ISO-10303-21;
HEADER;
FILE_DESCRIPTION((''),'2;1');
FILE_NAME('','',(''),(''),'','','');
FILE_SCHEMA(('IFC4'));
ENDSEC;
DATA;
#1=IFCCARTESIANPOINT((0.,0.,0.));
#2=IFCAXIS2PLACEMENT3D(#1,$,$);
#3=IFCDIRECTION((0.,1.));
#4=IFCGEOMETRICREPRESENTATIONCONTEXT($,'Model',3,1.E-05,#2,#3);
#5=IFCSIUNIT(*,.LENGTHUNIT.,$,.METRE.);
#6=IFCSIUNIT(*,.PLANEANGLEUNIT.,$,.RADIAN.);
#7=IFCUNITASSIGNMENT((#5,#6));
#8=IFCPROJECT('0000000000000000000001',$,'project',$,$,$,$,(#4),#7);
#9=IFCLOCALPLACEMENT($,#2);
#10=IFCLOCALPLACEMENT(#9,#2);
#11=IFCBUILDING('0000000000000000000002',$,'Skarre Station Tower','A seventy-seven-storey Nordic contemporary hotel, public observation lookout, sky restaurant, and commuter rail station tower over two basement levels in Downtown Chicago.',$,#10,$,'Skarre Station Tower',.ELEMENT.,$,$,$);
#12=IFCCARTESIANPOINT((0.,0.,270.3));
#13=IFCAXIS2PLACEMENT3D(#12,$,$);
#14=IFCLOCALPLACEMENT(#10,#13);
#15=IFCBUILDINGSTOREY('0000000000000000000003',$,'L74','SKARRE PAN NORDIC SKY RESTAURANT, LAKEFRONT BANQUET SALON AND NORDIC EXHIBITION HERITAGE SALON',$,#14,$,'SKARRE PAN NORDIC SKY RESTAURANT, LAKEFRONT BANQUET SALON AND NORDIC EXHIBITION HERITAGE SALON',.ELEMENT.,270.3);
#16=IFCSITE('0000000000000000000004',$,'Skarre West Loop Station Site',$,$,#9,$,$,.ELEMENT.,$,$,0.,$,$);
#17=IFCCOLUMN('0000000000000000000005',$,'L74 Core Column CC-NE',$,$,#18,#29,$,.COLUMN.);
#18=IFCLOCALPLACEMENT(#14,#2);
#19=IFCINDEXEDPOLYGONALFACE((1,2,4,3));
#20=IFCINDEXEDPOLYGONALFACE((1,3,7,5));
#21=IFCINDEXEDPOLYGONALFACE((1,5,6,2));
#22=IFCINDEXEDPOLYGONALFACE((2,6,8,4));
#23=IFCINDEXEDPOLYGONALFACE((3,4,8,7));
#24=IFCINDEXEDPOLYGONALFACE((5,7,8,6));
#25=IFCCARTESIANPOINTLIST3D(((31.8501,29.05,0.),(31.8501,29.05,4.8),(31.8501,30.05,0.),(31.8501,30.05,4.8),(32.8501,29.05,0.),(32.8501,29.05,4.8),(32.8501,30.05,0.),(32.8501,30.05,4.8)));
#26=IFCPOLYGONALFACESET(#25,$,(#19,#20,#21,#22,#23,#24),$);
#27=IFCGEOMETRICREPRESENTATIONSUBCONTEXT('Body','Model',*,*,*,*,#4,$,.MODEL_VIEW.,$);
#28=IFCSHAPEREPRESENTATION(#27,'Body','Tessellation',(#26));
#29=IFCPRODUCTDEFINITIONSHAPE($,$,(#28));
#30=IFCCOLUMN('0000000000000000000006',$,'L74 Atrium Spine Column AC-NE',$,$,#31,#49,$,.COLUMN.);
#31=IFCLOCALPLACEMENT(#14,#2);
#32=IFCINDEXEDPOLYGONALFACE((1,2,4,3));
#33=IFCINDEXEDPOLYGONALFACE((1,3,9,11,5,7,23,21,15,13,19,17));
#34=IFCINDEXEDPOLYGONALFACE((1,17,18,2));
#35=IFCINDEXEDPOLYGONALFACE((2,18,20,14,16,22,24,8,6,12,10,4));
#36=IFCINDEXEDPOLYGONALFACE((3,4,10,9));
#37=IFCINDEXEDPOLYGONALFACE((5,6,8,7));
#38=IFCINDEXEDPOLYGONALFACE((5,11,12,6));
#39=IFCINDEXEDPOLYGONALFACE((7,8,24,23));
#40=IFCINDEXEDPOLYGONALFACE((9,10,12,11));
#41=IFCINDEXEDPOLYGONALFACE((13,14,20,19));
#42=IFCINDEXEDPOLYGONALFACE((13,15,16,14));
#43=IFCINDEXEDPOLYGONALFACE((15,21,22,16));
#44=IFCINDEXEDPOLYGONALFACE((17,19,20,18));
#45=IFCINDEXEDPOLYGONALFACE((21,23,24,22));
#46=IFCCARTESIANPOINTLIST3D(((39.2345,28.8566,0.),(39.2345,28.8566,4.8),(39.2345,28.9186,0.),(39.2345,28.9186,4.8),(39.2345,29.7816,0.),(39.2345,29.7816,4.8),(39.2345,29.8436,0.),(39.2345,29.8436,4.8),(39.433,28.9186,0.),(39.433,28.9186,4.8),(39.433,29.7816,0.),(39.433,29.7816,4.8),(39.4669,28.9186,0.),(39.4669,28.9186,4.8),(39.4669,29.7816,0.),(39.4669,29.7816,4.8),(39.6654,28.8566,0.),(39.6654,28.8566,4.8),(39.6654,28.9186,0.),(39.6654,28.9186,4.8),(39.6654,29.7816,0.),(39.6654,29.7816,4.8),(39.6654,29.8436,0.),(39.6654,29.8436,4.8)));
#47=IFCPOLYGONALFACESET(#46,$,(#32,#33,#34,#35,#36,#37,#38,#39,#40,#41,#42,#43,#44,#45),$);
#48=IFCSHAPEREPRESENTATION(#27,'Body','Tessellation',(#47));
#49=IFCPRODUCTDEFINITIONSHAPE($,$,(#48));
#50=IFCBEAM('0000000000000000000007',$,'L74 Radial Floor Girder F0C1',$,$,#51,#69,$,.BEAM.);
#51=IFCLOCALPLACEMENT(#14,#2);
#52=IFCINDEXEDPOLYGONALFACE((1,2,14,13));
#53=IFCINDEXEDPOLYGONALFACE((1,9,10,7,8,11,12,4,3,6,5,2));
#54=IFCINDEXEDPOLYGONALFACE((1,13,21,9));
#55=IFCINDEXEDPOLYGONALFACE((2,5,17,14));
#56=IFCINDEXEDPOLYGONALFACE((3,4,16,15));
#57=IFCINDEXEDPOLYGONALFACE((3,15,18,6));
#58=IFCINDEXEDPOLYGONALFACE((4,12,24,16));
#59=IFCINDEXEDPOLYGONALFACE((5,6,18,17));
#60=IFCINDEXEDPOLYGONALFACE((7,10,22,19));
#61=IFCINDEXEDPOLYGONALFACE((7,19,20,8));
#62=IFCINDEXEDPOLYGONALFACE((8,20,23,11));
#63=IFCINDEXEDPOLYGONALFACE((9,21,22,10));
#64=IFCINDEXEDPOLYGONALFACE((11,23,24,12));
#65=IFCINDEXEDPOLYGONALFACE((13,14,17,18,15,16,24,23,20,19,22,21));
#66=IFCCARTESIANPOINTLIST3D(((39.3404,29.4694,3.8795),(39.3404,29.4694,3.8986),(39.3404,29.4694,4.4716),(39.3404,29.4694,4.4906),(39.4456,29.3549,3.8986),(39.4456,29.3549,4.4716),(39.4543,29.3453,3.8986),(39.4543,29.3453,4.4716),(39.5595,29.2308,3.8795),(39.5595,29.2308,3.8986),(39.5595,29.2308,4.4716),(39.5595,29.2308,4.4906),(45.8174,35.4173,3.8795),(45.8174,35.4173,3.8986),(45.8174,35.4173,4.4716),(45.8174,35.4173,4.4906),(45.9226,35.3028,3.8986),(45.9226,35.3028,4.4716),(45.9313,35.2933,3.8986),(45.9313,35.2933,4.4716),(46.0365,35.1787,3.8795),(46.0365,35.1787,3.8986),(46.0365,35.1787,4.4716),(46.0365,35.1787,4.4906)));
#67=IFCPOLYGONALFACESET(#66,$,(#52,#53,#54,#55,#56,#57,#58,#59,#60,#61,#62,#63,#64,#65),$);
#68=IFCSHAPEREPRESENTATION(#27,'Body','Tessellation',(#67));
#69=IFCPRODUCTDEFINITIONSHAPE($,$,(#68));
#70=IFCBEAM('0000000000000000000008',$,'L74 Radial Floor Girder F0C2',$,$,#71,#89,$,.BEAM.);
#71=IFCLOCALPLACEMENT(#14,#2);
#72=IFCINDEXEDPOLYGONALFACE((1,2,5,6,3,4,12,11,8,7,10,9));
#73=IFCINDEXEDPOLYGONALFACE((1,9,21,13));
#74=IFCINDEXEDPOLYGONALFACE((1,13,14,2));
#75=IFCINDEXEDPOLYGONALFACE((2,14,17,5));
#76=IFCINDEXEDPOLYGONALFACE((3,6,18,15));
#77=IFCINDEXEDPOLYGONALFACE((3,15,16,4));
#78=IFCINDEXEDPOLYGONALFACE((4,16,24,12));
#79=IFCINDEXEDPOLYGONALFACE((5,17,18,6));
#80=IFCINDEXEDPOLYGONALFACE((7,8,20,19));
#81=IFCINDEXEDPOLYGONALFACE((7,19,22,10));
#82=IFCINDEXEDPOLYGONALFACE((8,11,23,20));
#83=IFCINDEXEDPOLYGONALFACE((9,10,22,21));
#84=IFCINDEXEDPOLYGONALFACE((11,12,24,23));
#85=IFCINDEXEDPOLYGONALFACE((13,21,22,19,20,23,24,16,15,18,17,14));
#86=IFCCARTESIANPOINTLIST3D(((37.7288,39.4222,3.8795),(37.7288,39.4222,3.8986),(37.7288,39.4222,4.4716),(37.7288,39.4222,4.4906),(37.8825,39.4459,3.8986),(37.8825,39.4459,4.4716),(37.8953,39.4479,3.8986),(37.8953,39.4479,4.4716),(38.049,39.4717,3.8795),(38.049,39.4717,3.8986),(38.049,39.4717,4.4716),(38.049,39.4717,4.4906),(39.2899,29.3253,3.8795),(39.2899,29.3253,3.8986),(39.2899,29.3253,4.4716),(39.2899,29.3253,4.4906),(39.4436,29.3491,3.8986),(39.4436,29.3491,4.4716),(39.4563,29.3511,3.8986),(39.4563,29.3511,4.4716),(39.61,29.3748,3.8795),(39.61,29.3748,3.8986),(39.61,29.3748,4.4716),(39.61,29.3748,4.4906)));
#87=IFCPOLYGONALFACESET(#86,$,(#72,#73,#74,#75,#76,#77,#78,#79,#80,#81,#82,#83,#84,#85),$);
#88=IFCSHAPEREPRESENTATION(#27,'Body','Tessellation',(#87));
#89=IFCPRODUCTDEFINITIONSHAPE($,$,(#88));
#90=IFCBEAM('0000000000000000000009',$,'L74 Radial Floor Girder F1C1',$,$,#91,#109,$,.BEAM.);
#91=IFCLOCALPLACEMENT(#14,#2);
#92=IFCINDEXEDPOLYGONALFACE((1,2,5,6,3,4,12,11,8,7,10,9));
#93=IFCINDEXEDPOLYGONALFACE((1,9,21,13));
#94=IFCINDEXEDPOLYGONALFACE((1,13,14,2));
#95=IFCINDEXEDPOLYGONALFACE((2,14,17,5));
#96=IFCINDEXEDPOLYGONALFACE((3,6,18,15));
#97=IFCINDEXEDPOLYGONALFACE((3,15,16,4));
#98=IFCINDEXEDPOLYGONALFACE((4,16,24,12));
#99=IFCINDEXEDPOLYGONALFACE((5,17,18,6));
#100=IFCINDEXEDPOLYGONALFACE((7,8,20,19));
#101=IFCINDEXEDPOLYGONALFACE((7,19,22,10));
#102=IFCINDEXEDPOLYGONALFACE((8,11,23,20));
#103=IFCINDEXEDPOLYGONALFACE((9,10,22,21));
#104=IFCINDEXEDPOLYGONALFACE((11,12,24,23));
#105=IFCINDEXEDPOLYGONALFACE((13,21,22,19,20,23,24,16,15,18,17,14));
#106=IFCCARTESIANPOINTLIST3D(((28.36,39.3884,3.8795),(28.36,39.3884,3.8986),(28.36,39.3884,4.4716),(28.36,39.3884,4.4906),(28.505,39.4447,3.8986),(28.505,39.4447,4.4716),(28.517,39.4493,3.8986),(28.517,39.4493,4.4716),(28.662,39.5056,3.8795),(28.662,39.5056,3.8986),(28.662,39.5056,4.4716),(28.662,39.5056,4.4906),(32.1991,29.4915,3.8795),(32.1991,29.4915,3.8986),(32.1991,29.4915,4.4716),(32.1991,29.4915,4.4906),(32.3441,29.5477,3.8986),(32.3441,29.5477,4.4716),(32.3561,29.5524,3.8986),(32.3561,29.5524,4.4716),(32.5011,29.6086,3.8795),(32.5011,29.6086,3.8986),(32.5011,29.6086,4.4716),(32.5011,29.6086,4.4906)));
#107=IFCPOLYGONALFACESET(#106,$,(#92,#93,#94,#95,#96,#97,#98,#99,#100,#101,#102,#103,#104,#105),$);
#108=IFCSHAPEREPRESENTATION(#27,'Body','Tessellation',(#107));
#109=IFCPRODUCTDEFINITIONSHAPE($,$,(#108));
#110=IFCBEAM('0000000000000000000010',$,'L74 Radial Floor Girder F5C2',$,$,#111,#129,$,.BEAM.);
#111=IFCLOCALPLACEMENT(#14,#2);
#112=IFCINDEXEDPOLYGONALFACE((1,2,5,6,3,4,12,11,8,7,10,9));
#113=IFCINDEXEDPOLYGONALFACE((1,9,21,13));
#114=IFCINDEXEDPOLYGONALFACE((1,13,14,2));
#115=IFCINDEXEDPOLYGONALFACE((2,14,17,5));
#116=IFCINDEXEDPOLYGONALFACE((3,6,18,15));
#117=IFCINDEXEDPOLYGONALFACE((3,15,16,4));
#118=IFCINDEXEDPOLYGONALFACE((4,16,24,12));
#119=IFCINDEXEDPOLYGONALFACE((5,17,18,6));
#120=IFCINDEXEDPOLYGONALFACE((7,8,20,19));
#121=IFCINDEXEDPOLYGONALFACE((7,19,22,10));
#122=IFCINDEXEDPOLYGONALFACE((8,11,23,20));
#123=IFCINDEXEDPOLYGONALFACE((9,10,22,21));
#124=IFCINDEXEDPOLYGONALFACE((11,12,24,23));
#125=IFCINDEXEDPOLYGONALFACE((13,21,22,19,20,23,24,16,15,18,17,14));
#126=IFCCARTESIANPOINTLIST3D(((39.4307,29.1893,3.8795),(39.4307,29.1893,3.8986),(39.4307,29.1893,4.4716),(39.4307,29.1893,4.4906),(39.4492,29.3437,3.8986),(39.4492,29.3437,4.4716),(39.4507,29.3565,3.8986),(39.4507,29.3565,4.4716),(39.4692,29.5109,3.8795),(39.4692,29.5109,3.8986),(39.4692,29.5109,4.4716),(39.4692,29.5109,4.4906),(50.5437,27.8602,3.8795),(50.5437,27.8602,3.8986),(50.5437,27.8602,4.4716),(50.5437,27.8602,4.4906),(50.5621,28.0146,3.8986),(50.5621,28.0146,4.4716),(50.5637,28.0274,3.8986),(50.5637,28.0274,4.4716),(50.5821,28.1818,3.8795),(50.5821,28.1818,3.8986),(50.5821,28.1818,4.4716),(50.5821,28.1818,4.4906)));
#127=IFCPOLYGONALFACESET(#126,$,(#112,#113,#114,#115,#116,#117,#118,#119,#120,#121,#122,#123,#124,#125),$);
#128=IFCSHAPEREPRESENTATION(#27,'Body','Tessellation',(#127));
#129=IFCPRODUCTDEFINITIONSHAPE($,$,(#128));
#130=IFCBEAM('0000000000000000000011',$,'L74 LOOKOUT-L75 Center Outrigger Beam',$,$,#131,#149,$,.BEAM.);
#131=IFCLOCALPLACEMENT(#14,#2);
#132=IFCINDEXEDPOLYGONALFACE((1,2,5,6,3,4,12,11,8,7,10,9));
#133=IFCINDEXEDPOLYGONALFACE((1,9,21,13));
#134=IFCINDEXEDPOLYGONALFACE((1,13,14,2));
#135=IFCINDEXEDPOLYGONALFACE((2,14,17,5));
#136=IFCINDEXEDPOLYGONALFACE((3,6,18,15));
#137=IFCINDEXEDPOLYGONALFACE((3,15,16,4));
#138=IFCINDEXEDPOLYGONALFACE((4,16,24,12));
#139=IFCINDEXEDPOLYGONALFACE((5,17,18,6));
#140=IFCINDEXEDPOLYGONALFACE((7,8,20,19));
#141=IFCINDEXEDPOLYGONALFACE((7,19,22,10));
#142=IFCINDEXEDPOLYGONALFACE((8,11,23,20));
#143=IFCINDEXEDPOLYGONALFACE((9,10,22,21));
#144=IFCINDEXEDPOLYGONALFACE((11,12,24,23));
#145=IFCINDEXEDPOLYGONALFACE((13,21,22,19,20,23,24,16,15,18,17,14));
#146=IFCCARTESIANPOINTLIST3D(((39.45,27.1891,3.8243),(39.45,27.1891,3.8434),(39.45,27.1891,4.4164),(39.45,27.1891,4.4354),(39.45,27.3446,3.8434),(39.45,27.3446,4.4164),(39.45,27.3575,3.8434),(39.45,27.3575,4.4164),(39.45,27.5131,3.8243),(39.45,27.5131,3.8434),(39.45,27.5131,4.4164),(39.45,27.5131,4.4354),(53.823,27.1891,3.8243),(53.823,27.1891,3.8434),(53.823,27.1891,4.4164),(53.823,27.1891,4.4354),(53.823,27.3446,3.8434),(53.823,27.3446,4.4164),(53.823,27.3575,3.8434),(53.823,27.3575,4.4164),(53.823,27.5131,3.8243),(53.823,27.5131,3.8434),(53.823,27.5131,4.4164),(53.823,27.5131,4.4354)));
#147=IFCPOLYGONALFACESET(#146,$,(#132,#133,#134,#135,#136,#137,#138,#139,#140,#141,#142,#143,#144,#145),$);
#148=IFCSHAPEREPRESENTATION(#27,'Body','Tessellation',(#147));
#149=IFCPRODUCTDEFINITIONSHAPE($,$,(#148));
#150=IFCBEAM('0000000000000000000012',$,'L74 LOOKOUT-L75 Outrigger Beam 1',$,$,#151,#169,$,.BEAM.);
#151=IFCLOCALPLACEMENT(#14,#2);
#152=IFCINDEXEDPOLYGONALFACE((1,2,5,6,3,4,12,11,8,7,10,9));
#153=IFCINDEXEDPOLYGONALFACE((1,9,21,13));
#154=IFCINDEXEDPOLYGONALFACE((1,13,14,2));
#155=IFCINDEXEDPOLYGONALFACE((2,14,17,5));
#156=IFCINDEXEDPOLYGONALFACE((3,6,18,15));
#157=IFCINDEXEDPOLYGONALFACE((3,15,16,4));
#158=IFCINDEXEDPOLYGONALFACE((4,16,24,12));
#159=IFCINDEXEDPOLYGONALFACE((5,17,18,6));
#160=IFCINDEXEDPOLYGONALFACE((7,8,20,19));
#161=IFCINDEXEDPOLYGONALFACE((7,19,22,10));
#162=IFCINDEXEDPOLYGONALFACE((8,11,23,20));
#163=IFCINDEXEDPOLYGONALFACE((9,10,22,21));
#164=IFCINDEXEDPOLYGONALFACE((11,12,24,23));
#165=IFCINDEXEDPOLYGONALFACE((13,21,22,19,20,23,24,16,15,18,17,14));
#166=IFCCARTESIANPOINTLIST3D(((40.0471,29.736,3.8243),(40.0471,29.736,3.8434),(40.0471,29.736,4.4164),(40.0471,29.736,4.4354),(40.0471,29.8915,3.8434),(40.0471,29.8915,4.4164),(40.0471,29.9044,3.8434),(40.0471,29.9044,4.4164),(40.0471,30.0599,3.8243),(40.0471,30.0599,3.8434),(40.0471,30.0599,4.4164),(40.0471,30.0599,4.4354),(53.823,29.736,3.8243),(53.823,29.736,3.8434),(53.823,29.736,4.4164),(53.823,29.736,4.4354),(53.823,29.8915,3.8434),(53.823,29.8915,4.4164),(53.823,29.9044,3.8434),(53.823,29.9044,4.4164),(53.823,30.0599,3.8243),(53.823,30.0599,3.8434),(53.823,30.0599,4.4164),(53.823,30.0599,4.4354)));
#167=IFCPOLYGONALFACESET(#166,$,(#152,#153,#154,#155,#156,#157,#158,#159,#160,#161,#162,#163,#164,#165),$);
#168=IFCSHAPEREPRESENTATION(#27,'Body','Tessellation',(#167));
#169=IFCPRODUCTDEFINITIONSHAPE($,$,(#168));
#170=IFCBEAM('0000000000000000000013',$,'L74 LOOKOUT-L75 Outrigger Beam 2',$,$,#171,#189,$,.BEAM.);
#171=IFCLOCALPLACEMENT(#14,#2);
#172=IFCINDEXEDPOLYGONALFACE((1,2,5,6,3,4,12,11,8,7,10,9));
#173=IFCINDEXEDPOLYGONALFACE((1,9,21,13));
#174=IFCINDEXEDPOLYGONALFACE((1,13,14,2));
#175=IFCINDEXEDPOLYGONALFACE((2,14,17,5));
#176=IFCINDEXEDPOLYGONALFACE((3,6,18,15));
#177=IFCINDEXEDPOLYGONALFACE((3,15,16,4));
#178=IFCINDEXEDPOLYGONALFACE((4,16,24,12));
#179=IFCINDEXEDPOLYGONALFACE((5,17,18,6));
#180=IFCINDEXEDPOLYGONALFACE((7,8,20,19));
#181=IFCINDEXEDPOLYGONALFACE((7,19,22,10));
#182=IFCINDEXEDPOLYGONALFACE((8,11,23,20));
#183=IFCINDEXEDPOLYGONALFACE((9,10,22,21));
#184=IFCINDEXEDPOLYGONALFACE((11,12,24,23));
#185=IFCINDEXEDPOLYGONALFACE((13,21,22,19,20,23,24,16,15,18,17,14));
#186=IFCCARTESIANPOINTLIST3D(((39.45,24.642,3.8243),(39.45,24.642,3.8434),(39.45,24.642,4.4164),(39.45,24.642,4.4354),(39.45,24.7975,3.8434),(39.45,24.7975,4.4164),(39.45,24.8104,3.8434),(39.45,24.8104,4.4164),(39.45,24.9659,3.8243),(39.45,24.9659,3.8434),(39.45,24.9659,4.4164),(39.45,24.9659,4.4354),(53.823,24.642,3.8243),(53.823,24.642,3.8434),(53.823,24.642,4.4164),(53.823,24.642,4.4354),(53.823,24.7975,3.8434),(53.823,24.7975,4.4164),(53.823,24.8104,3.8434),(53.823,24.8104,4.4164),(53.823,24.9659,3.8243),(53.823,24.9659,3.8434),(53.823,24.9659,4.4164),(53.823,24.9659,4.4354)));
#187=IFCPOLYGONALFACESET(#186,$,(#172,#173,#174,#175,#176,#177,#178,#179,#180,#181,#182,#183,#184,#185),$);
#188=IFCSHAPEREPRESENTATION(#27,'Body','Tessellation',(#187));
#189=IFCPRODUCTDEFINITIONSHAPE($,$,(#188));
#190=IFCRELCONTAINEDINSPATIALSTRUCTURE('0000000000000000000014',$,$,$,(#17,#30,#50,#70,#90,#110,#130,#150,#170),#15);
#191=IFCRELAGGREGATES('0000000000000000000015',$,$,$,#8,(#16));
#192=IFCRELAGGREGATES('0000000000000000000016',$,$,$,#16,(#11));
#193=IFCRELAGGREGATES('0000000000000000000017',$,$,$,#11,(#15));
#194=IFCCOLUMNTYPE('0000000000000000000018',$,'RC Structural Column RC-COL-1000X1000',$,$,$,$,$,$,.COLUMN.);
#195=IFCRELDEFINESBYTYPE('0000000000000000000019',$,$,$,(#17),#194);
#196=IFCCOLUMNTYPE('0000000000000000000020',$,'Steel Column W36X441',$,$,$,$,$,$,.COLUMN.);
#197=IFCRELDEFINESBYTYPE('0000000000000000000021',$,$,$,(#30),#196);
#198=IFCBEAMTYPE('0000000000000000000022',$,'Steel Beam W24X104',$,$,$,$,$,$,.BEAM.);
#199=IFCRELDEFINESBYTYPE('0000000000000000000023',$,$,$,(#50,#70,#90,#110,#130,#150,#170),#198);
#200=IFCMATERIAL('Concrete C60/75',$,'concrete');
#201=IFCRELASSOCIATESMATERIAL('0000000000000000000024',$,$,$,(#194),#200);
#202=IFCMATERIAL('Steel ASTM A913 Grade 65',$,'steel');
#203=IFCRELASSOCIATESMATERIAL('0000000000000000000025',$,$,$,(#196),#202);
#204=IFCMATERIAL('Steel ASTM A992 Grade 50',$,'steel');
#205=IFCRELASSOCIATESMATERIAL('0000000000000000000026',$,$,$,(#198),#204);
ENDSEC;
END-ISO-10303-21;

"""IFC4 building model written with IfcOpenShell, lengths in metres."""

from ifc_helpers import new_model, si_unit, direction, frame, origin, origin_2d, place, context, subcontext, project, spatial, rectangle, i_section, extrude, material, material_profile, profile_set, type_object, element, save


model = new_model("IFC4")

# Units and contexts
model_context = context("Model", 3, precision=1e-05, world=origin(), true_north=direction((0.0, 1.0)))
body_context = subcontext(model_context, "Body", "Model", "MODEL_VIEW")
ifc_project = project(units=[si_unit("LENGTHUNIT", "METRE"), si_unit("PLANEANGLEUNIT", "RADIAN")], contexts=[model_context])

# Site, building, storey
site_placement = place(None, origin())
site = spatial("IfcSite", under=ifc_project, at=site_placement, Name="Skarre West Loop Station Site", CompositionType="ELEMENT", RefElevation=0.0)
building_placement = place(site_placement, origin())
building = spatial("IfcBuilding", under=site, at=building_placement, Name="Skarre Station Tower", Description="A seventy-seven-storey Nordic contemporary hotel, public observation lookout, sky restaurant, and commuter rail station tower over two basement levels in Downtown Chicago.", LongName="Skarre Station Tower", CompositionType="ELEMENT")
storey_placement = place(building_placement, frame((0.0, 0.0, 270.3)))
storey = spatial("IfcBuildingStorey", under=building, at=storey_placement, Name="L74", Description="SKARRE PAN NORDIC SKY RESTAURANT, LAKEFRONT BANQUET SALON AND NORDIC EXHIBITION HERITAGE SALON", LongName="SKARRE PAN NORDIC SKY RESTAURANT, LAKEFRONT BANQUET SALON AND NORDIC EXHIBITION HERITAGE SALON", CompositionType="ELEMENT", Elevation=270.3)

# Columns
ifc_material_1 = material(Name="Concrete C60/75", Category="concrete")
ifc_material_profile_1 = material_profile(ifc_material_1, rectangle(XDim=1.0, YDim=1.0, at=origin_2d()), Name="Concrete C60/75")
ifc_profile_set_1 = profile_set([ifc_material_profile_1], Name="Concrete C60/75")
column_type_1 = type_object("IfcColumnType", Name="RC Structural Column RC-COL-1000X1000", PredefinedType="COLUMN", material=ifc_profile_set_1)
column_1_placement = place(storey_placement, frame((32.3501, 29.55, 0.0), z_axis=(0.0, 0.0, 1.0), x_axis=(1.0, 0.0, 0.0)))
element("IfcColumn", 1, at=column_1_placement, inside=storey, type_object=column_type_1, Name="L74 Core Column CC-NE", PredefinedType="COLUMN", context=body_context, shape_type="SweptSolid", body=[
    extrude(rectangle(XDim=1.0, YDim=1.0, at=origin_2d()), origin(), (0.0, 0.0, 1.0), 4.8),
])
ifc_material_2 = material(Name="Steel ASTM A913 Grade 65", Category="steel")
ifc_material_profile_2 = material_profile(ifc_material_2, i_section(OverallWidth=0.4309, OverallDepth=0.9871, WebThickness=0.0339, FlangeThickness=0.062, at=origin_2d()), Name="Steel ASTM A913 Grade 65")
ifc_profile_set_2 = profile_set([ifc_material_profile_2], Name="Steel ASTM A913 Grade 65")
column_type_2 = type_object("IfcColumnType", Name="Steel Column W36X441", PredefinedType="COLUMN", material=ifc_profile_set_2)
column_2_placement = place(storey_placement, frame((39.45, 29.3501, 0.0), z_axis=(0.0, 0.0, 1.0), x_axis=(1.0, 0.0, 0.0)))
element("IfcColumn", 2, at=column_2_placement, inside=storey, type_object=column_type_2, Name="L74 Atrium Spine Column AC-NE", PredefinedType="COLUMN", context=body_context, shape_type="SweptSolid", body=[
    extrude(i_section(OverallWidth=0.4309, OverallDepth=0.9871, WebThickness=0.0339, FlangeThickness=0.062, at=origin_2d()), origin(), (0.0, 0.0, 1.0), 4.8),
])

# Beams
ifc_material_3 = material(Name="Steel ASTM A992 Grade 50", Category="steel")
ifc_material_profile_3 = material_profile(ifc_material_3, i_section(OverallWidth=0.324, OverallDepth=0.6111, WebThickness=0.0129, FlangeThickness=0.019, at=origin_2d()), Name="Steel ASTM A992 Grade 50")
ifc_profile_set_3 = profile_set([ifc_material_profile_3], Name="Steel ASTM A992 Grade 50")
beam_type_1 = type_object("IfcBeamType", Name="Steel Beam W24X104", PredefinedType="BEAM", material=ifc_profile_set_3)
beam_1_placement = place(storey_placement, frame((39.45, 29.3501, 4.1851), z_axis=(0.736548, 0.676386, 0.0), x_axis=(-0.676386, 0.736548, 0.0)))
element("IfcBeam", 3, at=beam_1_placement, inside=storey, type_object=beam_type_1, Name="L74 Radial Floor Girder F0C1", PredefinedType="BEAM", context=body_context, shape_type="SweptSolid", body=[
    extrude(i_section(OverallWidth=0.324, OverallDepth=0.6111, WebThickness=0.0129, FlangeThickness=0.019, at=origin_2d()), origin(), (0.0, 0.0, 1.0), 8.7937),
])
beam_2_placement = place(storey_placement, frame((39.45, 29.3501, 4.1851), z_axis=(-0.15279, 0.988259, 0.0), x_axis=(-0.988259, -0.15279, 0.0)))
element("IfcBeam", 4, at=beam_2_placement, inside=storey, type_object=beam_type_1, Name="L74 Radial Floor Girder F0C2", PredefinedType="BEAM", context=body_context, shape_type="SweptSolid", body=[
    extrude(i_section(OverallWidth=0.324, OverallDepth=0.6111, WebThickness=0.0129, FlangeThickness=0.019, at=origin_2d()), origin(), (0.0, 0.0, 1.0), 10.2168),
])
beam_3_placement = place(storey_placement, frame((32.3501, 29.55, 4.1851), z_axis=(-0.361651, 0.932313, 0.0), x_axis=(-0.932313, -0.361651, 0.0)))
element("IfcBeam", 5, at=beam_3_placement, inside=storey, type_object=beam_type_1, Name="L74 Radial Floor Girder F1C1", PredefinedType="BEAM", context=body_context, shape_type="SweptSolid", body=[
    extrude(i_section(OverallWidth=0.324, OverallDepth=0.6111, WebThickness=0.0129, FlangeThickness=0.019, at=origin_2d()), origin(), (0.0, 0.0, 1.0), 10.6155),
])
beam_4_placement = place(storey_placement, frame((39.45, 29.3501, 4.1851), z_axis=(0.992924, -0.118752, 0.0), x_axis=(0.118752, 0.992924, 0.0)))
element("IfcBeam", 6, at=beam_4_placement, inside=storey, type_object=beam_type_1, Name="L74 Radial Floor Girder F5C2", PredefinedType="BEAM", context=body_context, shape_type="SweptSolid", body=[
    extrude(i_section(OverallWidth=0.324, OverallDepth=0.6111, WebThickness=0.0129, FlangeThickness=0.019, at=origin_2d()), origin(), (0.0, 0.0, 1.0), 11.1921),
])
beam_5_placement = place(storey_placement, frame((39.45, 27.3511, 4.1299), z_axis=(1.0, 0.0, 0.0), x_axis=(0.0, 1.0, 0.0)))
element("IfcBeam", 7, at=beam_5_placement, inside=storey, type_object=beam_type_1, Name="L74 LOOKOUT-L75 Center Outrigger Beam", PredefinedType="BEAM", context=body_context, shape_type="SweptSolid", body=[
    extrude(i_section(OverallWidth=0.324, OverallDepth=0.6111, WebThickness=0.0129, FlangeThickness=0.019, at=origin_2d()), origin(), (0.0, 0.0, 1.0), 14.373),
])
beam_6_placement = place(storey_placement, frame((40.0471, 29.8979, 4.1299), z_axis=(1.0, 0.0, 0.0), x_axis=(0.0, 1.0, 0.0)))
element("IfcBeam", 8, at=beam_6_placement, inside=storey, type_object=beam_type_1, Name="L74 LOOKOUT-L75 Outrigger Beam 1", PredefinedType="BEAM", context=body_context, shape_type="SweptSolid", body=[
    extrude(i_section(OverallWidth=0.324, OverallDepth=0.6111, WebThickness=0.0129, FlangeThickness=0.019, at=origin_2d()), origin(), (0.0, 0.0, 1.0), 13.7759),
])
beam_7_placement = place(storey_placement, frame((39.45, 24.804, 4.1299), z_axis=(1.0, 0.0, 0.0), x_axis=(0.0, 1.0, 0.0)))
element("IfcBeam", 9, at=beam_7_placement, inside=storey, type_object=beam_type_1, Name="L74 LOOKOUT-L75 Outrigger Beam 2", PredefinedType="BEAM", context=body_context, shape_type="SweptSolid", body=[
    extrude(i_section(OverallWidth=0.324, OverallDepth=0.6111, WebThickness=0.0129, FlangeThickness=0.019, at=origin_2d()), origin(), (0.0, 0.0, 1.0), 14.373),
])

save(model, "model.ifc")
